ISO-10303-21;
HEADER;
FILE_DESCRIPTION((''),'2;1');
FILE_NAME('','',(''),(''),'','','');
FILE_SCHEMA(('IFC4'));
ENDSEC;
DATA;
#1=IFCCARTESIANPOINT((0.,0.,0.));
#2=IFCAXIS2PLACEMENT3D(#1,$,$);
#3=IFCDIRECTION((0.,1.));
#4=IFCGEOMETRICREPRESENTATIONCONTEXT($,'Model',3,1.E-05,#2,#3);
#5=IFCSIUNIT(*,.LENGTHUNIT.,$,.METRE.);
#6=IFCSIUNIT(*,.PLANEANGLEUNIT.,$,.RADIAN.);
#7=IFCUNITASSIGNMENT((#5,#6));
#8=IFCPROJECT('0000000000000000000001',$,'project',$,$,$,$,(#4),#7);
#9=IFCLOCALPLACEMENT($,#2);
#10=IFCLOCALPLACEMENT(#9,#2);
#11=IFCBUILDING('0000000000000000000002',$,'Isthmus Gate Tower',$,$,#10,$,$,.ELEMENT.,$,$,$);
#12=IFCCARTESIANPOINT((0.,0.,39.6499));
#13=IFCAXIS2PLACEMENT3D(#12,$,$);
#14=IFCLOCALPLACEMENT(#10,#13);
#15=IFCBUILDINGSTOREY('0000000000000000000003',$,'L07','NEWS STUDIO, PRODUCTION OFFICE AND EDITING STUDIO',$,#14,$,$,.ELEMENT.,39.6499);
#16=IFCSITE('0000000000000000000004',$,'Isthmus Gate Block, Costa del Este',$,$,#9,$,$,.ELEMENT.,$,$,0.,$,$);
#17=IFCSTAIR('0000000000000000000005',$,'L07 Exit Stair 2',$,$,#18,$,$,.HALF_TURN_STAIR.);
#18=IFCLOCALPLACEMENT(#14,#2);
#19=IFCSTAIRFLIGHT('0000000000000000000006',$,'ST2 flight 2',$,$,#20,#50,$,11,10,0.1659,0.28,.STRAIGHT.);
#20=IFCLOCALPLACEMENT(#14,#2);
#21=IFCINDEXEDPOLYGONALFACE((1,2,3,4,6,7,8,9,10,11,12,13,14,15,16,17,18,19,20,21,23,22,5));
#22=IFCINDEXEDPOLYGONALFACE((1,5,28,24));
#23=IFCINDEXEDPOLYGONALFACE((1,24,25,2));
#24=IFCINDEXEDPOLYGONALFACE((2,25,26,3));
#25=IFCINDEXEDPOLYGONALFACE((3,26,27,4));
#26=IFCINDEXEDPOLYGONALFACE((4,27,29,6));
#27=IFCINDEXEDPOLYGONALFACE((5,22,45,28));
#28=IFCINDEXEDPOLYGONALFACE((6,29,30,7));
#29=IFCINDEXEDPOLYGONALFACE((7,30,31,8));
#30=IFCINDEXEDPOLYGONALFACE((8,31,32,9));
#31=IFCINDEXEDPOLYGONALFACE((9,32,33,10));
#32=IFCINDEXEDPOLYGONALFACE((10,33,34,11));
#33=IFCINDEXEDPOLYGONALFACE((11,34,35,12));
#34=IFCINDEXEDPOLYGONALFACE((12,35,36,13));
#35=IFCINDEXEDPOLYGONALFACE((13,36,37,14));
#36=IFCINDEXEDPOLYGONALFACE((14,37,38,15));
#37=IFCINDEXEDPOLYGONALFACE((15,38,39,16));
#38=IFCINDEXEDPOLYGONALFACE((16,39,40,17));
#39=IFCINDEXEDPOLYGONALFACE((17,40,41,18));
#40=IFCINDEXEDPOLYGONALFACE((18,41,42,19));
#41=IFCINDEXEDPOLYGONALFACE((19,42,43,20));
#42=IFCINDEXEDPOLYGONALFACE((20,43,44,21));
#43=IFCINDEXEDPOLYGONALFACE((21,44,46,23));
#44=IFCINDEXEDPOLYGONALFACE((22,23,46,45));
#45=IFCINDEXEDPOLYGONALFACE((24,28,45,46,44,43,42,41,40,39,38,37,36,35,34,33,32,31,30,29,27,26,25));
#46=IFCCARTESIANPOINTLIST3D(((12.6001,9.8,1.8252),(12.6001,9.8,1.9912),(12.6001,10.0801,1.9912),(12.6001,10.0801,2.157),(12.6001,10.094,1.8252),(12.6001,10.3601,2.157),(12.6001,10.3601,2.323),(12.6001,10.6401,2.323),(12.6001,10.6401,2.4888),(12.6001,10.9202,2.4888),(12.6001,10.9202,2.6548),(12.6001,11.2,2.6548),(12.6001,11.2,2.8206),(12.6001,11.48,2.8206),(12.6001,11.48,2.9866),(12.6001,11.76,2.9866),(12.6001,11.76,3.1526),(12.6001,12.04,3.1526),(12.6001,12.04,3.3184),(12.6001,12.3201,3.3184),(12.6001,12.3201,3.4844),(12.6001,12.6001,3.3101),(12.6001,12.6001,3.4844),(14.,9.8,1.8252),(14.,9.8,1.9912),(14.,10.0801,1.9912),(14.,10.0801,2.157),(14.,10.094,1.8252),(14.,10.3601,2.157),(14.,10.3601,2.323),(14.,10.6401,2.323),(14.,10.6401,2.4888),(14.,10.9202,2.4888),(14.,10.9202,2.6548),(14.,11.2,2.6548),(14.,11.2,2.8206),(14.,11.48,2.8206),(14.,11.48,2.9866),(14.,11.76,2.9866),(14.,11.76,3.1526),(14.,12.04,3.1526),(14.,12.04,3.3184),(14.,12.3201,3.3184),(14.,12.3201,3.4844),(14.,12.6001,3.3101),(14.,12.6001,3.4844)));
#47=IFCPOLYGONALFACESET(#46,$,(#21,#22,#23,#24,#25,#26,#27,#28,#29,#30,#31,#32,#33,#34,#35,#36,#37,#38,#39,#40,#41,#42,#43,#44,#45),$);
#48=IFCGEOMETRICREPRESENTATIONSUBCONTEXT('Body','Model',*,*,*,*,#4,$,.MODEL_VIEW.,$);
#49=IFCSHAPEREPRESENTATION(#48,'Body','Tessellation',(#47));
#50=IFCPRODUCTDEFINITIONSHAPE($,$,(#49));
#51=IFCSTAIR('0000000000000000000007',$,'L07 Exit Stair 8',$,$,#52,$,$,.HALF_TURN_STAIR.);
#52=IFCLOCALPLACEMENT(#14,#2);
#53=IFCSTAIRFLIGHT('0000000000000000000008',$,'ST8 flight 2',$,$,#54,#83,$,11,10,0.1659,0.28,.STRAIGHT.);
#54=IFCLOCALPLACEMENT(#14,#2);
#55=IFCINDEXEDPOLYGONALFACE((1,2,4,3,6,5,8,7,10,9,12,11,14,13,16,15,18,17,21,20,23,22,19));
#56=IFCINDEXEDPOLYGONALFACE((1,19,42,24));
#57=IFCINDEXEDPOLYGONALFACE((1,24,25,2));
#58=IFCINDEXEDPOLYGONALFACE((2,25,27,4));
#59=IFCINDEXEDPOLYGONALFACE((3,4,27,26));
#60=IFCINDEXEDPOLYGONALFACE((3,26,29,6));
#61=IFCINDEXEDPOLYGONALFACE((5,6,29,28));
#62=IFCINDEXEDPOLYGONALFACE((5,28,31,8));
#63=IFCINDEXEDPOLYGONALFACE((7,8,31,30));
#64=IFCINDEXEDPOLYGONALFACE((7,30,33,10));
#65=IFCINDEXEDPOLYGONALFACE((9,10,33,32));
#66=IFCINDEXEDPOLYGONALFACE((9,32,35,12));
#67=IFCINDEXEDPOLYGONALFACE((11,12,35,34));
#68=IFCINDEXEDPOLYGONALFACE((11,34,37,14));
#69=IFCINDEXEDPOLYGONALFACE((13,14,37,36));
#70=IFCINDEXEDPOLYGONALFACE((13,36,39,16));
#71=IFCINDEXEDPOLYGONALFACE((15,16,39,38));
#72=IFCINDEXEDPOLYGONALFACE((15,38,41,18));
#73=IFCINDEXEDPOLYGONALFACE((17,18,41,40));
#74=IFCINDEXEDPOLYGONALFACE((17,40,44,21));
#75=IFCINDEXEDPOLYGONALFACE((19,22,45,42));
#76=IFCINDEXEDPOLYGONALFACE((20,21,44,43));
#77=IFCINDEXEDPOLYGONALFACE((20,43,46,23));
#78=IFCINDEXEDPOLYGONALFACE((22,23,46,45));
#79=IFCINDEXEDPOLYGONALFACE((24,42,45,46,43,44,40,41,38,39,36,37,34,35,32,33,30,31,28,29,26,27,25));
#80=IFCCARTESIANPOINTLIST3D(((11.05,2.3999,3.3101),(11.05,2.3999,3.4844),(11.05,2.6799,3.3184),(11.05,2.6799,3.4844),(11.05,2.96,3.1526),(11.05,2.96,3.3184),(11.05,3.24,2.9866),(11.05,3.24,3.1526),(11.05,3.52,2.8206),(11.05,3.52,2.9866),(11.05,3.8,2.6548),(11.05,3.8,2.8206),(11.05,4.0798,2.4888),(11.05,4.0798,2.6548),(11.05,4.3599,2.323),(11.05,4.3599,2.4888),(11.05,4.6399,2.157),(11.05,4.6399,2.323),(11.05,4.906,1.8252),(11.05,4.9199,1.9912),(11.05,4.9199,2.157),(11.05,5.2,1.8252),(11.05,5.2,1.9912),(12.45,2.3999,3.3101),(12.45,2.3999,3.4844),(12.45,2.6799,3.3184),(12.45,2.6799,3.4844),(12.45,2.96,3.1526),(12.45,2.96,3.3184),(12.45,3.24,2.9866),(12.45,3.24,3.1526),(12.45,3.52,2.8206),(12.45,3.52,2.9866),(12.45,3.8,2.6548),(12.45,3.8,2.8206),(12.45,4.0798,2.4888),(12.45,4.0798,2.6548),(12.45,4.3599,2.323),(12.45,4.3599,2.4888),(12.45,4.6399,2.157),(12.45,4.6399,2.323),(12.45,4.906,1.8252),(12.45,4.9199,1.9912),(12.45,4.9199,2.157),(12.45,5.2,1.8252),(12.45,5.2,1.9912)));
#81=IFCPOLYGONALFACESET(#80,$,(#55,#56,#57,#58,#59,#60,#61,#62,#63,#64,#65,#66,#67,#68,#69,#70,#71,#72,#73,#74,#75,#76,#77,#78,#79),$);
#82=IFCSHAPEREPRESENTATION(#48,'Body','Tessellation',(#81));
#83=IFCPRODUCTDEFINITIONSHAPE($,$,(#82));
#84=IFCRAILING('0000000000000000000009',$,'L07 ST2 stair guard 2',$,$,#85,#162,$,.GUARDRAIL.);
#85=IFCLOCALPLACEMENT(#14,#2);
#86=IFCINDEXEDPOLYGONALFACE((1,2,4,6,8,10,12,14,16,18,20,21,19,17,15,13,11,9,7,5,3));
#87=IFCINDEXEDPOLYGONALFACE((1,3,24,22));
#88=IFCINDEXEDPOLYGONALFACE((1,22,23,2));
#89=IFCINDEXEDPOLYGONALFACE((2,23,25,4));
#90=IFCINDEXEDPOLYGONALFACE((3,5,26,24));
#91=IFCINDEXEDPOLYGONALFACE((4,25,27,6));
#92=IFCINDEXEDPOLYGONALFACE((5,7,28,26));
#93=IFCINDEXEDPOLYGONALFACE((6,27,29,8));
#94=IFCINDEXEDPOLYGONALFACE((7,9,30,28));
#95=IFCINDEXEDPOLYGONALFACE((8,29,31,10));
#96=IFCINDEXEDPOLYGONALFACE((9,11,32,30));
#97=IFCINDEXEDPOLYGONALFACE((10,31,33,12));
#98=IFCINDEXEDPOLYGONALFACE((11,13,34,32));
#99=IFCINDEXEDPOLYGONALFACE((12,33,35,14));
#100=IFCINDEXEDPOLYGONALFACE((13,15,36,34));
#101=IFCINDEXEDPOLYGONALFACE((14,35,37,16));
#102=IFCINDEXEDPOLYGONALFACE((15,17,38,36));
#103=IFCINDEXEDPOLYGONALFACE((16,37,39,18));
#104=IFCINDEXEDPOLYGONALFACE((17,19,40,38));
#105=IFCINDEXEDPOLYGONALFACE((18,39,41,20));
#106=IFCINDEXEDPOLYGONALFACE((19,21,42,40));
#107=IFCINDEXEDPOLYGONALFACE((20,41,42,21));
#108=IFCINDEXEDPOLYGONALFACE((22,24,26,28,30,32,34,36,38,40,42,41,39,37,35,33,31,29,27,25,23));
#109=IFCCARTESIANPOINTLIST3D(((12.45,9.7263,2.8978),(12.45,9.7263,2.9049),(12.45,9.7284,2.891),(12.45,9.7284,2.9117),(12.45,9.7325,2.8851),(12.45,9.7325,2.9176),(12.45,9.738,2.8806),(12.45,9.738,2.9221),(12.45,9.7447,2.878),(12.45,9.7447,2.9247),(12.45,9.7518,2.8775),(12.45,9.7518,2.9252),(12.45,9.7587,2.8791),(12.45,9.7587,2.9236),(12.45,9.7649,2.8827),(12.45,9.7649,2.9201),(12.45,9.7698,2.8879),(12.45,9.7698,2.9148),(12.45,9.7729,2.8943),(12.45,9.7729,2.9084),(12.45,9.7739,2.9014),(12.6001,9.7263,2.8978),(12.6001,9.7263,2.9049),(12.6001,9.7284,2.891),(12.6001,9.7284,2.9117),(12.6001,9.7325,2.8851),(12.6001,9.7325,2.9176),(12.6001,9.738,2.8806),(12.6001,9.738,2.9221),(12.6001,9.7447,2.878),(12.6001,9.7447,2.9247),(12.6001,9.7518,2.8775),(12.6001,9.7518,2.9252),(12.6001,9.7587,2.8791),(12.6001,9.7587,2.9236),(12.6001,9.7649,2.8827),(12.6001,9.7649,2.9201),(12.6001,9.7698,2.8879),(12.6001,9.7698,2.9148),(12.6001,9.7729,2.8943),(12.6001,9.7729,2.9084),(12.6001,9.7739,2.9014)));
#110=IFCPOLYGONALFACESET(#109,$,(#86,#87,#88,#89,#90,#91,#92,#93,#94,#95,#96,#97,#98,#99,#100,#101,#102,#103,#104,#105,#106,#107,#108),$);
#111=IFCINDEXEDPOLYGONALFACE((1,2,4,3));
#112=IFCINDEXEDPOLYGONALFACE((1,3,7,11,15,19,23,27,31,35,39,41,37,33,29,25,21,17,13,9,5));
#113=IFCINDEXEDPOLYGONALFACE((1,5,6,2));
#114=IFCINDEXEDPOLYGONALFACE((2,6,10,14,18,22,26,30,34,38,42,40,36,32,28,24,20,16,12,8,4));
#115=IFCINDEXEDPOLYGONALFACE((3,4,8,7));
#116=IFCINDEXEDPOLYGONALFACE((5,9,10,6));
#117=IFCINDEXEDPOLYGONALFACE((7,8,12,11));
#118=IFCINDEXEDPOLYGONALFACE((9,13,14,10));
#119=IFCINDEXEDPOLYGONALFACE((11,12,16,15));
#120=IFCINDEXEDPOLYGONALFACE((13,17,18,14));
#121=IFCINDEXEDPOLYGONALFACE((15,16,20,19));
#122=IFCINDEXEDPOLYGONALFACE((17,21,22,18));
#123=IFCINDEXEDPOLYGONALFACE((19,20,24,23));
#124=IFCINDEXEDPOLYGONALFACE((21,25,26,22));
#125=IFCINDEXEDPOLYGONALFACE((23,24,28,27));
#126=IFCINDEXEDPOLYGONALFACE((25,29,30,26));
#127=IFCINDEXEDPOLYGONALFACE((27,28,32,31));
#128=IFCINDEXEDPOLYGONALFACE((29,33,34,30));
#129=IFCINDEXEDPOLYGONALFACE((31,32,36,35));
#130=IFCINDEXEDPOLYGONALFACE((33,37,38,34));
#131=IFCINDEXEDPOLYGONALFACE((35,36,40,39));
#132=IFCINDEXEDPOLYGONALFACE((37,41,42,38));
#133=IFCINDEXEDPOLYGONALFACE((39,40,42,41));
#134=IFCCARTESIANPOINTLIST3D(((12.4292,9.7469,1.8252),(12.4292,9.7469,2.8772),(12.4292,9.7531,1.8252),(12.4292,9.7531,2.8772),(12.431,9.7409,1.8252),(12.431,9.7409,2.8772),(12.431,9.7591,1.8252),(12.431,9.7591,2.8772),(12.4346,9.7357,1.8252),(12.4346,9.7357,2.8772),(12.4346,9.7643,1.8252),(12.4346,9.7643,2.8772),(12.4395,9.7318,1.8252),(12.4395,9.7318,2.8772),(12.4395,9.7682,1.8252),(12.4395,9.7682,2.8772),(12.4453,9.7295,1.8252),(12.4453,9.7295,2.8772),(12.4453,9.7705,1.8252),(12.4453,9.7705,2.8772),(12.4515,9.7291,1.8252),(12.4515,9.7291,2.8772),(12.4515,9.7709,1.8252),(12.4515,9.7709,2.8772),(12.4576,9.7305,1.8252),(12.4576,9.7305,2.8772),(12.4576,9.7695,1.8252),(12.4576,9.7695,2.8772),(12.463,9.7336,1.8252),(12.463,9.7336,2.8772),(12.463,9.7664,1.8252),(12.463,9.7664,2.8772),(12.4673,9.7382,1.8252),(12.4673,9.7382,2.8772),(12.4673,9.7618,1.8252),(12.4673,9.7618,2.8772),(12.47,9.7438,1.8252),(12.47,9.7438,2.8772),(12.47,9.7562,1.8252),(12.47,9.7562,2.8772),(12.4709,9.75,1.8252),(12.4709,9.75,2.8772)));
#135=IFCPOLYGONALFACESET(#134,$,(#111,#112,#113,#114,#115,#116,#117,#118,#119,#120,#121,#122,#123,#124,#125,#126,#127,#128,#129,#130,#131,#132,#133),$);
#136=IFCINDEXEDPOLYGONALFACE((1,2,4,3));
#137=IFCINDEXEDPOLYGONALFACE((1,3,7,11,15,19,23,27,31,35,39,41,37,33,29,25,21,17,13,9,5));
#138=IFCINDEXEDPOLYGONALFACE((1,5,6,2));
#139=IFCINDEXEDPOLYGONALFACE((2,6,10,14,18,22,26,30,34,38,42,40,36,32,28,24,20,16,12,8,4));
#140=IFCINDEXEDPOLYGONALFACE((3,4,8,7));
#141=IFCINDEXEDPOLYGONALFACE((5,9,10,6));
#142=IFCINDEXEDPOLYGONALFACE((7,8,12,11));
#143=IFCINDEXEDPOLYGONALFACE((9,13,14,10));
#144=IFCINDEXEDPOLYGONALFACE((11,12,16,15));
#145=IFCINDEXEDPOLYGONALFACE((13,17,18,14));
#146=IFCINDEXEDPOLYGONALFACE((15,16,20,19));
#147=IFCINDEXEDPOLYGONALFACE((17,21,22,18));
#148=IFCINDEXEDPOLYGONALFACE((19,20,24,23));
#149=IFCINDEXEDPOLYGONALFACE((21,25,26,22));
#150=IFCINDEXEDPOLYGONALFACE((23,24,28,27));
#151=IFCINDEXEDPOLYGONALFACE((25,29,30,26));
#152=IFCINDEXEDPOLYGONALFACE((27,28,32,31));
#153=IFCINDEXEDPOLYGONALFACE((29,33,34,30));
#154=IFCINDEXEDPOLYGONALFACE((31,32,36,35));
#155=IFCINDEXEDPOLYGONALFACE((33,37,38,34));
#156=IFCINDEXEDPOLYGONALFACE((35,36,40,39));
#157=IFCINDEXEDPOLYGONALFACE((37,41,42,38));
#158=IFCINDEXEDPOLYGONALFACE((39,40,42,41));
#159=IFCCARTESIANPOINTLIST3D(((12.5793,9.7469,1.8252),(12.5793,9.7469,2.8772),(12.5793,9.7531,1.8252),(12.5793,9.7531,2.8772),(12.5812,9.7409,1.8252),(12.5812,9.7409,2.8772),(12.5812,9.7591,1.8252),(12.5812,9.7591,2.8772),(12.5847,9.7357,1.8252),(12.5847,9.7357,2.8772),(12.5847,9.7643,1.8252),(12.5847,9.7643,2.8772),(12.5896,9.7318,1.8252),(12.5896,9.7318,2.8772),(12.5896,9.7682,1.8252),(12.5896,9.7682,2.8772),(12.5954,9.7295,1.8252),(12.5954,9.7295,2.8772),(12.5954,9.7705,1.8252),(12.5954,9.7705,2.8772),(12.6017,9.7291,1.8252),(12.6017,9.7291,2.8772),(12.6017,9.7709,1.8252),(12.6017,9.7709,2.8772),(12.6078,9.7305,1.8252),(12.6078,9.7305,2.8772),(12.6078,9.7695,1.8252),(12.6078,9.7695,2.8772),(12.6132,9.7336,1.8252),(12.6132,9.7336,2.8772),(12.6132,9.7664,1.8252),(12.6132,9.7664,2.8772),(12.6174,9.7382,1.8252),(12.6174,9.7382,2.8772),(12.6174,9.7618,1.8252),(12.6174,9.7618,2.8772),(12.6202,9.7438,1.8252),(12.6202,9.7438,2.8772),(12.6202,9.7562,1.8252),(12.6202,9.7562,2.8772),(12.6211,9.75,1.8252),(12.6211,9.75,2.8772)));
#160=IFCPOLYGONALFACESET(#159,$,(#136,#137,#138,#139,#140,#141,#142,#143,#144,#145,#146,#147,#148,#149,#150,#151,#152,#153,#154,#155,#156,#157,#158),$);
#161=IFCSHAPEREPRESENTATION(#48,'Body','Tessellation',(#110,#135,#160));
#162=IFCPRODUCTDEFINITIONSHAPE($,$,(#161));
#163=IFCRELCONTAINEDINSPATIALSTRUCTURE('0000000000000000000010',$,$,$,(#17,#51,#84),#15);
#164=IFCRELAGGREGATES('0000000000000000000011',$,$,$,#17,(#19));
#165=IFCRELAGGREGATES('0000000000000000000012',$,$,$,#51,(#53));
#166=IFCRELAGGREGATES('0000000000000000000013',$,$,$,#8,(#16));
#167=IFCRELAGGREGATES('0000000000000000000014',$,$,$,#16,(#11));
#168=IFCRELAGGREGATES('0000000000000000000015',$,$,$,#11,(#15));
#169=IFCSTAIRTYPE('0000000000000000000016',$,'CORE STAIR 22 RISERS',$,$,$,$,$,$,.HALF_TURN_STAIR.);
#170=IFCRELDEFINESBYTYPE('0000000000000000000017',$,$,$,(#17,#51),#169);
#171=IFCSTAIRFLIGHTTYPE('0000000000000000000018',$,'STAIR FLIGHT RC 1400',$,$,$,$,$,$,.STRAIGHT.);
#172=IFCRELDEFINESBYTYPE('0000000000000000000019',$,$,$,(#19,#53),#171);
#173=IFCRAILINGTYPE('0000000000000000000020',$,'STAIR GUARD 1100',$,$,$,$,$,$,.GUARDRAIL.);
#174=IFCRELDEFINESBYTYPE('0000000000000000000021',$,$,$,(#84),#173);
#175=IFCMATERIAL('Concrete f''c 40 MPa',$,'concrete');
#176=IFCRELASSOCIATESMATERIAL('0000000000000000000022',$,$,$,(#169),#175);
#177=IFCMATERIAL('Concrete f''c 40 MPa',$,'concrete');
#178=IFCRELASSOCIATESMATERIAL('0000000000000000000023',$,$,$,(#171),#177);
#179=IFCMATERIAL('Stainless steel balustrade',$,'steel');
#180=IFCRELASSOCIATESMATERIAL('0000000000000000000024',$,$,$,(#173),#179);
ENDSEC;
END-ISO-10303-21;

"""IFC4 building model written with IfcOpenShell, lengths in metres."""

from ifc_helpers import new_model, si_unit, direction, frame, origin, origin_2d, place, context, subcontext, project, spatial, polyline, circle, outline, extrude, material, type_object, element, aggregate, save


model = new_model("IFC4")

# Units and contexts
model_context = context("Model", 3, precision=1e-05, world=origin(), true_north=direction((0.0, 1.0)))
body_context = subcontext(model_context, "Body", "Model", "MODEL_VIEW")
ifc_project = project(units=[si_unit("LENGTHUNIT", "METRE"), si_unit("PLANEANGLEUNIT", "RADIAN")], contexts=[model_context])

# Site, building, storey
site_placement = place(None, origin())
site = spatial("IfcSite", under=ifc_project, at=site_placement, Name="Isthmus Gate Block, Costa del Este", CompositionType="ELEMENT", RefElevation=0.0)
building_placement = place(site_placement, origin())
building = spatial("IfcBuilding", under=site, at=building_placement, Name="Isthmus Gate Tower", CompositionType="ELEMENT")
storey_placement = place(building_placement, frame((0.0, 0.0, 39.6499)))
storey = spatial("IfcBuildingStorey", under=building, at=storey_placement, Name="L07", Description="NEWS STUDIO, PRODUCTION OFFICE AND EDITING STUDIO", CompositionType="ELEMENT", Elevation=39.6499)

# Stairs, stair flights
ifc_material_1 = material(Name="Concrete f'c 40 MPa", Category="concrete")
stair_type = type_object("IfcStairType", Name="CORE STAIR 22 RISERS", PredefinedType="HALF_TURN_STAIR", material=ifc_material_1)
stair_1_placement = place(storey_placement, origin())
stair_1 = element("IfcStair", 1, at=stair_1_placement, inside=storey, type_object=stair_type, Name="L07 Exit Stair 2", PredefinedType="HALF_TURN_STAIR")
ifc_material_2 = material(Name="Concrete f'c 40 MPa", Category="concrete")
stair_flight_type = type_object("IfcStairFlightType", Name="STAIR FLIGHT RC 1400", PredefinedType="STRAIGHT", material=ifc_material_2)
stair_flight_1_placement = place(storey_placement, frame((13.3, 9.8, 1.8252), z_axis=(0.0, 0.0, 1.0), x_axis=(0.0, 1.0, 0.0)))
stair_flight_1 = element("IfcStairFlight", 2, at=stair_flight_1_placement, type_object=stair_flight_type, Name="ST2 flight 2", NumberOfRisers=11, NumberOfTreads=10, PredefinedType="STRAIGHT", RiserHeight=0.1659, TreadLength=0.28, context=body_context, shape_type="SweptSolid", body=[
    extrude(outline(polyline([(0.0, 0.0), (0.0, 0.166), (0.28, 0.166), (0.28, 0.3318), (0.5601, 0.3318), (0.5601, 0.4978), (0.8401, 0.4978), (0.8401, 0.6636), (1.1201, 0.6636), (1.1201, 0.8296), (1.3999, 0.8296), (1.3999, 0.9954), (1.6799, 0.9954), (1.6799, 1.1614), (1.96, 1.1614), (1.96, 1.3274), (2.24, 1.3274), (2.24, 1.4932), (2.52, 1.4932), (2.52, 1.6592), (2.8, 1.6592), (2.8, 1.825), (2.8, 1.4849), (0.2939, 0.0), (0.0, 0.0)])), frame((0.0, 0.7, 0.0), z_axis=(0.0, -1.0, 0.0), x_axis=(1.0, 0.0, 0.0)), (0.0, 0.0, 1.0), 1.3999),
])
aggregate(stair_1, [stair_flight_1])
stair_2_placement = place(storey_placement, origin())
stair_2 = element("IfcStair", 3, at=stair_2_placement, inside=storey, type_object=stair_type, Name="L07 Exit Stair 8", PredefinedType="HALF_TURN_STAIR")
stair_flight_2_placement = place(storey_placement, frame((11.75, 5.2, 1.8252), z_axis=(0.0, 0.0, 1.0), x_axis=(0.0, -1.0, 0.0)))
stair_flight_2 = element("IfcStairFlight", 4, at=stair_flight_2_placement, type_object=stair_flight_type, Name="ST8 flight 2", NumberOfRisers=11, NumberOfTreads=10, PredefinedType="STRAIGHT", RiserHeight=0.1659, TreadLength=0.28, context=body_context, shape_type="SweptSolid", body=[
    extrude(outline(polyline([(0.0, 0.0), (0.0, 0.166), (0.28, 0.166), (0.28, 0.3318), (0.5601, 0.3318), (0.5601, 0.4978), (0.8401, 0.4978), (0.8401, 0.6636), (1.1201, 0.6636), (1.1201, 0.8296), (1.3999, 0.8296), (1.3999, 0.9954), (1.6799, 0.9954), (1.6799, 1.1614), (1.96, 1.1614), (1.96, 1.3274), (2.24, 1.3274), (2.24, 1.4932), (2.52, 1.4932), (2.52, 1.6592), (2.8, 1.6592), (2.8, 1.825), (2.8, 1.4849), (0.2939, 0.0), (0.0, 0.0)])), frame((0.0, 0.7, 0.0), z_axis=(0.0, -1.0, 0.0), x_axis=(1.0, 0.0, 0.0)), (0.0, 0.0, 1.0), 1.3999),
])
aggregate(stair_2, [stair_flight_2])

# Railing
ifc_material_3 = material(Name="Stainless steel balustrade", Category="steel")
railing_type_1 = type_object("IfcRailingType", Name="STAIR GUARD 1100", PredefinedType="GUARDRAIL", material=ifc_material_3)
railing_1_placement = place(storey_placement, frame((12.45, 9.75, 1.8252)))
element("IfcRailing", 5, at=railing_1_placement, inside=storey, type_object=railing_type_1, Name="L07 ST2 stair guard 2", PredefinedType="GUARDRAIL", context=body_context, shape_type="SweptSolid", body=[
    extrude(circle(Radius=0.0239, at=origin_2d()), frame((0.0, 0.0, 1.0762), z_axis=(1.0, 0.0, 0.0), x_axis=(0.0, 1.0, 0.0)), (0.0, 0.0, 1.0), 0.1501),
    extrude(circle(Radius=0.021, at=origin_2d()), origin(), (0.0, 0.0, 1.0), 1.052),
    extrude(circle(Radius=0.021, at=origin_2d()), frame((0.1501, 0.0, 0.0)), (0.0, 0.0, 1.0), 1.052),
])

save(model, "model.ifc")
